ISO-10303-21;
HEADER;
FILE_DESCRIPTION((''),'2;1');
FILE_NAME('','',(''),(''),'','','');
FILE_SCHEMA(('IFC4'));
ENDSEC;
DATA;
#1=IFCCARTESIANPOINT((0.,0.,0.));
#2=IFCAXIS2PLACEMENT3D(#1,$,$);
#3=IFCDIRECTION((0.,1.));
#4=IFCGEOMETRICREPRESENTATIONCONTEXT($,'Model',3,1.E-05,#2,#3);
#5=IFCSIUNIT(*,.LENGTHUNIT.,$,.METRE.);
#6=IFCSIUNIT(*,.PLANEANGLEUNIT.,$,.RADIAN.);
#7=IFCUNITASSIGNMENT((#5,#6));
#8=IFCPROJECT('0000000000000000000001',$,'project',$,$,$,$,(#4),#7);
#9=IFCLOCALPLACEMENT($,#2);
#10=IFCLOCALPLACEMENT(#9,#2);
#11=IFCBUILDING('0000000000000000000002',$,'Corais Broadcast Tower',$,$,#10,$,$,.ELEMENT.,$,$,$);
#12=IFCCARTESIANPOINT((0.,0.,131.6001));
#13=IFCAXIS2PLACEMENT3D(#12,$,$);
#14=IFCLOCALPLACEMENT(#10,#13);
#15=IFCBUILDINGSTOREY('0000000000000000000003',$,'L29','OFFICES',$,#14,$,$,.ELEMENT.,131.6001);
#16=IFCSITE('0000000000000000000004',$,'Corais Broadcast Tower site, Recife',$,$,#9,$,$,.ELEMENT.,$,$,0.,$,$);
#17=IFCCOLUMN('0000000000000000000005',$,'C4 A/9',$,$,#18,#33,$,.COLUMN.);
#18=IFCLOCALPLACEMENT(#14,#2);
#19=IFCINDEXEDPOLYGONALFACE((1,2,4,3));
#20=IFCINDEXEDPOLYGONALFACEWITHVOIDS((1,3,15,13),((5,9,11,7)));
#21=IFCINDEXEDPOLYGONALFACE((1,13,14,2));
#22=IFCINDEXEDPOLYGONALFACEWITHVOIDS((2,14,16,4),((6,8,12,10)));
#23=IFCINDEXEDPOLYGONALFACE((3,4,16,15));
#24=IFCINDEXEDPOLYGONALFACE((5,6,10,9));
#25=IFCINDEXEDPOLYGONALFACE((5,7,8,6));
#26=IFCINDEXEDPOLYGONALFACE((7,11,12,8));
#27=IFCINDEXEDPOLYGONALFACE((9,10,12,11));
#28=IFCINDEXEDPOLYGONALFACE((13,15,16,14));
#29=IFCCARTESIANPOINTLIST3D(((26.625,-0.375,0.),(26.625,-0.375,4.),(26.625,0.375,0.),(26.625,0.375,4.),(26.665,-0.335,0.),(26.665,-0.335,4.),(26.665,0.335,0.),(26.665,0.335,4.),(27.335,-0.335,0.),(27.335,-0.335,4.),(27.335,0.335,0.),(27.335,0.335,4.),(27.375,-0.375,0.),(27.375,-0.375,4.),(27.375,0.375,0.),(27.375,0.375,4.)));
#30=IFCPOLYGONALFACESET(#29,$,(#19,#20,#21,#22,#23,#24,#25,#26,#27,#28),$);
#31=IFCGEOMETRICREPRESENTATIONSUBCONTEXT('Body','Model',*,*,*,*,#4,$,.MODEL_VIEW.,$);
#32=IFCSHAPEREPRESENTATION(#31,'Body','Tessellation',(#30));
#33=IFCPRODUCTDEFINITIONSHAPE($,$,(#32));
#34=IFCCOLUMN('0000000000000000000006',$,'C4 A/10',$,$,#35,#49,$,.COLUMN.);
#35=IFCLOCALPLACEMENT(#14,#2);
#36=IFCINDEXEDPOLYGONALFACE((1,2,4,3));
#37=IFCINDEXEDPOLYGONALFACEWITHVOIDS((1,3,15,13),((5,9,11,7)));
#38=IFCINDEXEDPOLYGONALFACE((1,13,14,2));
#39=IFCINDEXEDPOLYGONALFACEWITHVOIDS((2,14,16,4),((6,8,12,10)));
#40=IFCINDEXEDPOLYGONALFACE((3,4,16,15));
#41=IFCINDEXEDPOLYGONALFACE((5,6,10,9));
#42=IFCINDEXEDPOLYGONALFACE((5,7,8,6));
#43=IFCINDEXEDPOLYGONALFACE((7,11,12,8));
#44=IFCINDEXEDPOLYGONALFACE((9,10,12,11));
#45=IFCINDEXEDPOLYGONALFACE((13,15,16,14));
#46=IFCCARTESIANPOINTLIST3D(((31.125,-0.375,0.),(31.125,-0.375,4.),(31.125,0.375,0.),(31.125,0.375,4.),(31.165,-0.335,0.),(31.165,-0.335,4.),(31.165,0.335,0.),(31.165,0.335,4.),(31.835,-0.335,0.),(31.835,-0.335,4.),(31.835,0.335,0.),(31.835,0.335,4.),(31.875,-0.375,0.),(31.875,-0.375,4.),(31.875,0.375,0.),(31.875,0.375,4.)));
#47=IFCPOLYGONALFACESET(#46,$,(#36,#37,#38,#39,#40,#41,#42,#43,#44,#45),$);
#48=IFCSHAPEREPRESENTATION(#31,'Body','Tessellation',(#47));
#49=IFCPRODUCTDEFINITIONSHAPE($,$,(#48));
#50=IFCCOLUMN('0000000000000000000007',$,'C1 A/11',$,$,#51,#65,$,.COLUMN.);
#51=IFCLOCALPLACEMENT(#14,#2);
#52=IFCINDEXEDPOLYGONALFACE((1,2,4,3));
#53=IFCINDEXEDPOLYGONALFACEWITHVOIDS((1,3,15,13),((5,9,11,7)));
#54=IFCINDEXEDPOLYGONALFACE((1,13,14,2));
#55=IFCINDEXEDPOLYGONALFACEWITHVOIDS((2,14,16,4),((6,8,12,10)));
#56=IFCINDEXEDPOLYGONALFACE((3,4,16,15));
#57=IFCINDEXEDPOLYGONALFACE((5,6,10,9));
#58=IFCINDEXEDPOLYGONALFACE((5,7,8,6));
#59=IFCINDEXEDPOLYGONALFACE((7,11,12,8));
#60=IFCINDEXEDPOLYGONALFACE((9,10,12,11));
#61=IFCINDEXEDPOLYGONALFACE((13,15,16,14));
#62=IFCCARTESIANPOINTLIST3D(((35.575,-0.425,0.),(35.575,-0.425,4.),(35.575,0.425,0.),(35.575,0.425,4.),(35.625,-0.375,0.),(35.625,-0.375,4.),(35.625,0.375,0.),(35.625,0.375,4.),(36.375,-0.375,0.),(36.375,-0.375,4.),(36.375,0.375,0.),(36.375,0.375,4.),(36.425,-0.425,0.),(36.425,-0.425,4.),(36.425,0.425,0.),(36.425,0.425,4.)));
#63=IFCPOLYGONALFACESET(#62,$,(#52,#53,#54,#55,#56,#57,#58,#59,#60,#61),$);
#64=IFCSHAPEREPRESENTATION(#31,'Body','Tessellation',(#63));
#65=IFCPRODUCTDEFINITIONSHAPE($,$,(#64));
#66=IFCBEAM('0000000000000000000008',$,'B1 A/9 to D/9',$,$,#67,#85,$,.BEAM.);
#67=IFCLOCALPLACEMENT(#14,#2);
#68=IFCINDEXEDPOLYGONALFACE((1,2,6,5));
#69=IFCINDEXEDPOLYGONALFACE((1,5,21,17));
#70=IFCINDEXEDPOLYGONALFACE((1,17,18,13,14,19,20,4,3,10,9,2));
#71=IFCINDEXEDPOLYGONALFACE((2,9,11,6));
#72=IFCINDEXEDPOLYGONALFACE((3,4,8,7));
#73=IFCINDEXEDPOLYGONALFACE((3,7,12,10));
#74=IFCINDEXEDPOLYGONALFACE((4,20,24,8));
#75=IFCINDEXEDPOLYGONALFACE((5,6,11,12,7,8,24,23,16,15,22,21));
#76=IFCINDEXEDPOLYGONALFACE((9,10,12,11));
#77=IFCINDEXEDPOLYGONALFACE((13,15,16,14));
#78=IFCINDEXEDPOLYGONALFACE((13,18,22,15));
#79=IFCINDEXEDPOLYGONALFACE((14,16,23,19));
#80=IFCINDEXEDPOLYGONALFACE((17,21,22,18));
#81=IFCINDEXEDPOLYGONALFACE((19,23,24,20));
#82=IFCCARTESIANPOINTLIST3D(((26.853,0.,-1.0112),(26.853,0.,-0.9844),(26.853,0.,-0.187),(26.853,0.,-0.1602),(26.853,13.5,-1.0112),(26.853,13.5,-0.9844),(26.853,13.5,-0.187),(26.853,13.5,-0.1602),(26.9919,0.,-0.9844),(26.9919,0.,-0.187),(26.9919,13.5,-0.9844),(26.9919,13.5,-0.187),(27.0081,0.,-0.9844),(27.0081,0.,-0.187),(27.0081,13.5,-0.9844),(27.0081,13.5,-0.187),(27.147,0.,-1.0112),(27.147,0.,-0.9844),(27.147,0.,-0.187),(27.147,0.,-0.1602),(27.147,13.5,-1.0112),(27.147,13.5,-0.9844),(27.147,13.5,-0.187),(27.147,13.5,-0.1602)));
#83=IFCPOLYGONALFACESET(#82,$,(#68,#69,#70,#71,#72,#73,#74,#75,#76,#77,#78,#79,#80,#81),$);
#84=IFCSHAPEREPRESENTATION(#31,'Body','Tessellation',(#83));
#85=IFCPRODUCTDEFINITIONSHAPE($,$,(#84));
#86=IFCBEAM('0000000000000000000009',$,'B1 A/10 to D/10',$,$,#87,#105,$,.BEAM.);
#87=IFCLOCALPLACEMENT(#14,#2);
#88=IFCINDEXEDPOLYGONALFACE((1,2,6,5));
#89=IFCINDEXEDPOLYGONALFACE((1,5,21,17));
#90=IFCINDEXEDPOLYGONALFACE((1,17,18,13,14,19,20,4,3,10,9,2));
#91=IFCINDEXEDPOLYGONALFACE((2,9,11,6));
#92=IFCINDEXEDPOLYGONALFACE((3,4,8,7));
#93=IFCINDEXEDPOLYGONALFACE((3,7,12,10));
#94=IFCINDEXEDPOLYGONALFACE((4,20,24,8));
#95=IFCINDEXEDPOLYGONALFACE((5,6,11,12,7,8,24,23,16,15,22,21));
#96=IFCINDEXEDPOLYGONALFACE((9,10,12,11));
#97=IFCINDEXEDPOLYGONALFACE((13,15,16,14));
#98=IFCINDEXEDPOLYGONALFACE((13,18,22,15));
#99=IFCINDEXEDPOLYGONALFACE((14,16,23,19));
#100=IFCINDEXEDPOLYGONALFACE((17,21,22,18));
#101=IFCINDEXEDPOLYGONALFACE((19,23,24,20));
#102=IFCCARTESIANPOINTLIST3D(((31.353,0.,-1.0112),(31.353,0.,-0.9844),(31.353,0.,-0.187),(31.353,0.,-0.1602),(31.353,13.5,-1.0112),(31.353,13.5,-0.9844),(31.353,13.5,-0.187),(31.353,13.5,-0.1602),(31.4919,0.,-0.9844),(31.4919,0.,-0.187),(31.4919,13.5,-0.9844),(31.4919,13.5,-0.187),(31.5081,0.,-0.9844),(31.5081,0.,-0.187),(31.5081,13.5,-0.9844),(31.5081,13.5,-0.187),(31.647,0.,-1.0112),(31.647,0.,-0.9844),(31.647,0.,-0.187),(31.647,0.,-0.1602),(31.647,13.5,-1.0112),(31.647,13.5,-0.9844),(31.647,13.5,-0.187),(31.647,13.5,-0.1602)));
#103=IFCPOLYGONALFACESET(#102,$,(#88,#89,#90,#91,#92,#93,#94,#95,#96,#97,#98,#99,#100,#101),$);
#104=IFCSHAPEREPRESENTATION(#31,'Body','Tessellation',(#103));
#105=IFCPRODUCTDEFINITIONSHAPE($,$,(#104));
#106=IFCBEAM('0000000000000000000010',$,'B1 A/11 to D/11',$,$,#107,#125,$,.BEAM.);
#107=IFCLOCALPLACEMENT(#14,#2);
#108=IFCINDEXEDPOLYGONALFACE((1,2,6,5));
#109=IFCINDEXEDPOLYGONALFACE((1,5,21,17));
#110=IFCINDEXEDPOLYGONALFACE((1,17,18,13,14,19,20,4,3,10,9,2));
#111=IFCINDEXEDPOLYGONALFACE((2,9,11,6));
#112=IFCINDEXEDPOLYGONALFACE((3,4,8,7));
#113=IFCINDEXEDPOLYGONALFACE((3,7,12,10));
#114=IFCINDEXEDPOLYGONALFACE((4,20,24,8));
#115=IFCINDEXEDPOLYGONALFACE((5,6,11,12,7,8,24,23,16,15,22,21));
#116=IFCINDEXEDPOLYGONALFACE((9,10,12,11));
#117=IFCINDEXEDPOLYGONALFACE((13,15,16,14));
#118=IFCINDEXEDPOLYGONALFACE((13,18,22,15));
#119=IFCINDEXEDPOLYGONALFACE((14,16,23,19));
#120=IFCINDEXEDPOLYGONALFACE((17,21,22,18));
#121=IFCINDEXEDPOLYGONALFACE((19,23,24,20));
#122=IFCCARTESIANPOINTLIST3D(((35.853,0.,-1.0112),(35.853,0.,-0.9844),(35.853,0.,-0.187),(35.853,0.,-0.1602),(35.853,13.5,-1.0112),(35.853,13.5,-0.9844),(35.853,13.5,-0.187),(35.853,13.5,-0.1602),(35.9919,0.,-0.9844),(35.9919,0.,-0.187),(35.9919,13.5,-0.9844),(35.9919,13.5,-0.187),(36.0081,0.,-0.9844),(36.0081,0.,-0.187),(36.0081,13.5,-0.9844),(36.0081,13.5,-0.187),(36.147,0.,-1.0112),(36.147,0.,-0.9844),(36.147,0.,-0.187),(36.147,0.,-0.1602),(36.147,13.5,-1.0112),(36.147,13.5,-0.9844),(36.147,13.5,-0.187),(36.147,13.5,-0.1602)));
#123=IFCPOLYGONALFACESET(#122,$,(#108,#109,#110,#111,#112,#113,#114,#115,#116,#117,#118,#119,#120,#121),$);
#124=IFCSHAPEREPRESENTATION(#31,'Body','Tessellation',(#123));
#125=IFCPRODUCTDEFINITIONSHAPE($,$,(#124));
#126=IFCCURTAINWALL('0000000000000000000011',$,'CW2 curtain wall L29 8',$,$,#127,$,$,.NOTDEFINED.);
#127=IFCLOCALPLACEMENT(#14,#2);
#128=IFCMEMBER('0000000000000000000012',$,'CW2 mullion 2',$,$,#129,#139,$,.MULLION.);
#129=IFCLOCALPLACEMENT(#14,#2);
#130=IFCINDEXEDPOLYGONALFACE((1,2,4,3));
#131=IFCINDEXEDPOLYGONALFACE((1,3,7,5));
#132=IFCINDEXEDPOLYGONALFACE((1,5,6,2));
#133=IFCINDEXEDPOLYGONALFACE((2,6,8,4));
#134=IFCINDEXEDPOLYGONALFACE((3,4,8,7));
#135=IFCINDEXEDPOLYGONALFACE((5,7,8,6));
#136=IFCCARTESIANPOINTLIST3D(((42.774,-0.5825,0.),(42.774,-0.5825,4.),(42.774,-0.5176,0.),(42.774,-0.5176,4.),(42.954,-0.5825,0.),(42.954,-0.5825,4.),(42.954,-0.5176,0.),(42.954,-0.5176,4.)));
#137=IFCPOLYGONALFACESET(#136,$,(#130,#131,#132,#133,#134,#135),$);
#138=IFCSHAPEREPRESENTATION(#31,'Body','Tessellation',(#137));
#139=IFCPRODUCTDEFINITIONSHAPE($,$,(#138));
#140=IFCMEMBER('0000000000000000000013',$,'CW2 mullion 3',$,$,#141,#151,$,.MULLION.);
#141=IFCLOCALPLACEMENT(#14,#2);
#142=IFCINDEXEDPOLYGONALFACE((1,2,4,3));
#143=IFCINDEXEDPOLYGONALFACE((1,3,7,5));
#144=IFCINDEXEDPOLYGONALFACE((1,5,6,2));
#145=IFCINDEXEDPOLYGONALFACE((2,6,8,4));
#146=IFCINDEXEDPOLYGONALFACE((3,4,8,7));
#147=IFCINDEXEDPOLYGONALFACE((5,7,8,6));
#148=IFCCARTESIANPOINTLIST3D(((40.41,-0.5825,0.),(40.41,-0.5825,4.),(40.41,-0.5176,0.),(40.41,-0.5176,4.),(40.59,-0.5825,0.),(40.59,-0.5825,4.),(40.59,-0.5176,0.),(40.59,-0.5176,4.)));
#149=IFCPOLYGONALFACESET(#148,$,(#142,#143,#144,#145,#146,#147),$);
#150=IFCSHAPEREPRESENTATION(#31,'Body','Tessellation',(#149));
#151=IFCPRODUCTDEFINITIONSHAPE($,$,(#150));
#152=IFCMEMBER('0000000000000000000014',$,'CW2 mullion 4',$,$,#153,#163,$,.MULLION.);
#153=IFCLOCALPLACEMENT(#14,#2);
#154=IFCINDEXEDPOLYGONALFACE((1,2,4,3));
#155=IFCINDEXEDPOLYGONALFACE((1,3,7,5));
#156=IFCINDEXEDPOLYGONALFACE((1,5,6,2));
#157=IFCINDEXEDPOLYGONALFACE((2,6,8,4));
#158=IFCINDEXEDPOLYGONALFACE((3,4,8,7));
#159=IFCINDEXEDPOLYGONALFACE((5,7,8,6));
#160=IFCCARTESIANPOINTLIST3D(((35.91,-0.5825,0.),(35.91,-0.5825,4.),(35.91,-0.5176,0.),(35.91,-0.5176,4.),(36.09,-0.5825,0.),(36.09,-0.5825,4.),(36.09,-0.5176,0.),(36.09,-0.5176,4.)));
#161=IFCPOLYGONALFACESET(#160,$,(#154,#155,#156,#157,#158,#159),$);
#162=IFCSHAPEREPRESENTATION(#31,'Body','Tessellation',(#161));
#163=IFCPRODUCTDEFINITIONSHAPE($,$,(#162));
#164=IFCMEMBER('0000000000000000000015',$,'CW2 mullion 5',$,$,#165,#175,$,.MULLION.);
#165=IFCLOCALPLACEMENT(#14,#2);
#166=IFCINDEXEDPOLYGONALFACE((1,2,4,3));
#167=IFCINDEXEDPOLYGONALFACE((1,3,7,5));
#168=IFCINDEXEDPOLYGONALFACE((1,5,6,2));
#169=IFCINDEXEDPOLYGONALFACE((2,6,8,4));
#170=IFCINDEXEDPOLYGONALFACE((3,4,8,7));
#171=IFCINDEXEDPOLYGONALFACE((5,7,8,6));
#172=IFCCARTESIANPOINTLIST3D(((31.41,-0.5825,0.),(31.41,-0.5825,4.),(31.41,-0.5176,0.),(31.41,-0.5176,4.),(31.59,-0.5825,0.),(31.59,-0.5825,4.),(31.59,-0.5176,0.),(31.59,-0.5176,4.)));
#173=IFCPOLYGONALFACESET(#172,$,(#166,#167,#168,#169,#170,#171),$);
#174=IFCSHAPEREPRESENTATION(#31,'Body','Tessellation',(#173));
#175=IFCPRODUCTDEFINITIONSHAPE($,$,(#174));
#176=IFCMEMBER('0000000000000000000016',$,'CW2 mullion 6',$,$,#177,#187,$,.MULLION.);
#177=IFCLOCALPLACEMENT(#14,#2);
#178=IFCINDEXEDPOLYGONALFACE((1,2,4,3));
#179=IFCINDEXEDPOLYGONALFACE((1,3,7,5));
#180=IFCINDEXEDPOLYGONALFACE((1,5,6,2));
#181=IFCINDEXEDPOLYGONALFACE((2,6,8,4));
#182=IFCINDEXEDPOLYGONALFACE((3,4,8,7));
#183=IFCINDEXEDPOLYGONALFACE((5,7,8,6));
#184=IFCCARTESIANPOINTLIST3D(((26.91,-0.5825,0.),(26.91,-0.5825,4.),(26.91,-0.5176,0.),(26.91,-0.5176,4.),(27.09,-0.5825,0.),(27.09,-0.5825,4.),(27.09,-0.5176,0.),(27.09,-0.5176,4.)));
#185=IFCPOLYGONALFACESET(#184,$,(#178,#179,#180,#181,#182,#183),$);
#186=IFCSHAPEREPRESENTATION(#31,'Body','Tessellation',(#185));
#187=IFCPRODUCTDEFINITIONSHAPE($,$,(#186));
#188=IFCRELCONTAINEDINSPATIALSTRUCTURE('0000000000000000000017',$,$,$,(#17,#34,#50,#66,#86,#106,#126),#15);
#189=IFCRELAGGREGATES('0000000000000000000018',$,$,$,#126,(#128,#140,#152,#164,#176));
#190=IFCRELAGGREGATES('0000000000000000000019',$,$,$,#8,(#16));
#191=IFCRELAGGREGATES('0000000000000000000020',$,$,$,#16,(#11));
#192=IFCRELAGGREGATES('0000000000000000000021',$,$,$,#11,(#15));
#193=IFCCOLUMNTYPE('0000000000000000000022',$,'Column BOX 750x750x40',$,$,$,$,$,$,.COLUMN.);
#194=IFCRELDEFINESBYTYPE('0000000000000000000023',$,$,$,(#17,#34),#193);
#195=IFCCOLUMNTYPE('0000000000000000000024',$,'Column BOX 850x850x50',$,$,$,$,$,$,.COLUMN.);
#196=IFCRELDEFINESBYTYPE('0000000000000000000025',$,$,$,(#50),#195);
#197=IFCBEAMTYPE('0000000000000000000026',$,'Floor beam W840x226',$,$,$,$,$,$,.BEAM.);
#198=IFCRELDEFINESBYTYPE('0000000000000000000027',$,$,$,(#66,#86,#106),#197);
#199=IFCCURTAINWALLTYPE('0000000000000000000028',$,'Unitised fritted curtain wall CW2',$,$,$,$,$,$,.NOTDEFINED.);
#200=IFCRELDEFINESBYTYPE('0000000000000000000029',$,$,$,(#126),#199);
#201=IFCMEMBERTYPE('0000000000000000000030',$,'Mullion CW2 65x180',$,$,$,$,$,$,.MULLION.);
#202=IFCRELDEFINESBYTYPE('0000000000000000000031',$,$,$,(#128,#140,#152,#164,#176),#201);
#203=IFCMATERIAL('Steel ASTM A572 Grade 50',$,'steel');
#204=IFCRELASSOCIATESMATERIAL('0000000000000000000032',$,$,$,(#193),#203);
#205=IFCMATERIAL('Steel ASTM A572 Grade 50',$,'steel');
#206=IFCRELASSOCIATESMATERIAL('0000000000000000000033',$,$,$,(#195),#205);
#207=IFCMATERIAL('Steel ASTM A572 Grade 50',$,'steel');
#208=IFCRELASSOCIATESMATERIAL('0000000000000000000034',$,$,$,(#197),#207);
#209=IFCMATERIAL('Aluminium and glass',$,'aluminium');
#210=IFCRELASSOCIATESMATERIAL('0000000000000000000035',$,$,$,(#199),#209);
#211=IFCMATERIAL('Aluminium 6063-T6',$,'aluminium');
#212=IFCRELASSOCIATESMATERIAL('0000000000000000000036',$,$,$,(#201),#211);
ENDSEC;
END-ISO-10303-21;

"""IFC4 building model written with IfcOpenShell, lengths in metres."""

from ifc_helpers import new_model, si_unit, direction, frame, origin, origin_2d, place, context, subcontext, project, spatial, rectangle, hollow_rectangle, i_section, extrude, material, material_profile, profile_set, type_object, element, aggregate, save


model = new_model("IFC4")

# Units and contexts
model_context = context("Model", 3, precision=1e-05, world=origin(), true_north=direction((0.0, 1.0)))
body_context = subcontext(model_context, "Body", "Model", "MODEL_VIEW")
ifc_project = project(units=[si_unit("LENGTHUNIT", "METRE"), si_unit("PLANEANGLEUNIT", "RADIAN")], contexts=[model_context])

# Site, building, storey
site_placement = place(None, origin())
site = spatial("IfcSite", under=ifc_project, at=site_placement, Name="Corais Broadcast Tower site, Recife", CompositionType="ELEMENT", RefElevation=0.0)
building_placement = place(site_placement, origin())
building = spatial("IfcBuilding", under=site, at=building_placement, Name="Corais Broadcast Tower", CompositionType="ELEMENT")
storey_placement = place(building_placement, frame((0.0, 0.0, 131.6001)))
storey = spatial("IfcBuildingStorey", under=building, at=storey_placement, Name="L29", Description="OFFICES", CompositionType="ELEMENT", Elevation=131.6001)

# Columns
ifc_material_1 = material(Name="Steel ASTM A572 Grade 50", Category="steel")
ifc_material_profile_1 = material_profile(ifc_material_1, hollow_rectangle(XDim=0.75, YDim=0.75, WallThickness=0.04, at=origin_2d()), Name="BOX 750x750x40")
ifc_profile_set_1 = profile_set([ifc_material_profile_1], Name="Steel ASTM A572 Grade 50")
column_type_1 = type_object("IfcColumnType", Name="Column BOX 750x750x40", PredefinedType="COLUMN", material=ifc_profile_set_1)
for number, where, z_axis, x_axis, name in (
    (1, (27.0, 0.0, 0.0), (0.0, 0.0, 1.0), (1.0, 0.0, 0.0), "C4 A/9"),
    (2, (31.5, 0.0, 0.0), (0.0, 0.0, 1.0), (1.0, 0.0, 0.0), "C4 A/10"),
):
    element("IfcColumn", number, at=place(storey_placement, frame(where, z_axis=z_axis, x_axis=x_axis)), inside=storey, type_object=column_type_1, Name=name, PredefinedType="COLUMN", context=body_context, shape_type="SweptSolid", body=[
        extrude(hollow_rectangle(XDim=0.75, YDim=0.75, WallThickness=0.04, at=origin_2d()), origin(), (0.0, 0.0, 1.0), 4.0),
    ])
ifc_material_2 = material(Name="Steel ASTM A572 Grade 50", Category="steel")
ifc_material_profile_2 = material_profile(ifc_material_2, hollow_rectangle(XDim=0.8501, YDim=0.8501, WallThickness=0.05, at=origin_2d()), Name="BOX 850x850x50")
ifc_profile_set_2 = profile_set([ifc_material_profile_2], Name="Steel ASTM A572 Grade 50")
column_type_2 = type_object("IfcColumnType", Name="Column BOX 850x850x50", PredefinedType="COLUMN", material=ifc_profile_set_2)
column_placement = place(storey_placement, frame((36.0, 0.0, 0.0), z_axis=(0.0, 0.0, 1.0), x_axis=(1.0, 0.0, 0.0)))
element("IfcColumn", 3, at=column_placement, inside=storey, type_object=column_type_2, Name="C1 A/11", PredefinedType="COLUMN", context=body_context, shape_type="SweptSolid", body=[
    extrude(hollow_rectangle(XDim=0.8501, YDim=0.8501, WallThickness=0.05, at=origin_2d()), origin(), (0.0, 0.0, 1.0), 4.0),
])

# Beams
ifc_material_3 = material(Name="Steel ASTM A572 Grade 50", Category="steel")
ifc_material_profile_3 = material_profile(ifc_material_3, i_section(OverallWidth=0.2939, OverallDepth=0.8511, WebThickness=0.0161, FlangeThickness=0.0269, at=origin_2d()), Name="W840x226")
ifc_profile_set_3 = profile_set([ifc_material_profile_3], Name="Steel ASTM A572 Grade 50")
beam_type_1 = type_object("IfcBeamType", Name="Floor beam W840x226", PredefinedType="BEAM", material=ifc_profile_set_3)
for number, where, z_axis, x_axis, name in (
    (4, (27.0, 0.0, -0.5857), (0.0, 1.0, 0.0), (-1.0, 0.0, 0.0), "B1 A/9 to D/9"),
    (5, (31.5, 0.0, -0.5857), (0.0, 1.0, 0.0), (-1.0, 0.0, 0.0), "B1 A/10 to D/10"),
    (6, (36.0, 0.0, -0.5857), (0.0, 1.0, 0.0), (-1.0, 0.0, 0.0), "B1 A/11 to D/11"),
):
    element("IfcBeam", number, at=place(storey_placement, frame(where, z_axis=z_axis, x_axis=x_axis)), inside=storey, type_object=beam_type_1, Name=name, PredefinedType="BEAM", context=body_context, shape_type="SweptSolid", body=[
        extrude(i_section(OverallWidth=0.2939, OverallDepth=0.8511, WebThickness=0.0161, FlangeThickness=0.0269, at=origin_2d()), origin(), (0.0, 0.0, 1.0), 13.5),
    ])

# Curtain wall, members
ifc_material_4 = material(Name="Aluminium and glass", Category="aluminium")
curtain_wall_type = type_object("IfcCurtainWallType", Name="Unitised fritted curtain wall CW2", PredefinedType="NOTDEFINED", material=ifc_material_4)
curtain_wall_placement = place(storey_placement, origin())
curtain_wall = element("IfcCurtainWall", 7, at=curtain_wall_placement, inside=storey, type_object=curtain_wall_type, Name="CW2 curtain wall L29 8", PredefinedType="NOTDEFINED")
ifc_material_5 = material(Name="Aluminium 6063-T6", Category="aluminium")
ifc_material_profile_4 = material_profile(ifc_material_5, rectangle(XDim=0.0649, YDim=0.1799, at=origin_2d()), Name="Mullion CW2 65x180")
ifc_profile_set_4 = profile_set([ifc_material_profile_4], Name="Aluminium 6063-T6")
member_type_1 = type_object("IfcMemberType", Name="Mullion CW2 65x180", PredefinedType="MULLION", material=ifc_profile_set_4)
member_1_placement = place(storey_placement, frame((42.864, -0.55, 0.0), z_axis=(0.0, 0.0, 1.0), x_axis=(0.0, -1.0, 0.0)))
member_1 = element("IfcMember", 8, at=member_1_placement, type_object=member_type_1, Name="CW2 mullion 2", PredefinedType="MULLION", context=body_context, shape_type="SweptSolid", body=[
    extrude(rectangle(XDim=0.0649, YDim=0.1799, at=origin_2d()), origin(), (0.0, 0.0, 1.0), 4.0),
])
member_2_placement = place(storey_placement, frame((40.5, -0.55, 0.0), z_axis=(0.0, 0.0, 1.0), x_axis=(0.0, -1.0, 0.0)))
member_2 = element("IfcMember", 9, at=member_2_placement, type_object=member_type_1, Name="CW2 mullion 3", PredefinedType="MULLION", context=body_context, shape_type="SweptSolid", body=[
    extrude(rectangle(XDim=0.0649, YDim=0.1799, at=origin_2d()), origin(), (0.0, 0.0, 1.0), 4.0),
])
member_3_placement = place(storey_placement, frame((36.0, -0.55, 0.0), z_axis=(0.0, 0.0, 1.0), x_axis=(0.0, -1.0, 0.0)))
member_3 = element("IfcMember", 10, at=member_3_placement, type_object=member_type_1, Name="CW2 mullion 4", PredefinedType="MULLION", context=body_context, shape_type="SweptSolid", body=[
    extrude(rectangle(XDim=0.0649, YDim=0.1799, at=origin_2d()), origin(), (0.0, 0.0, 1.0), 4.0),
])
member_4_placement = place(storey_placement, frame((31.5, -0.55, 0.0), z_axis=(0.0, 0.0, 1.0), x_axis=(0.0, -1.0, 0.0)))
member_4 = element("IfcMember", 11, at=member_4_placement, type_object=member_type_1, Name="CW2 mullion 5", PredefinedType="MULLION", context=body_context, shape_type="SweptSolid", body=[
    extrude(rectangle(XDim=0.0649, YDim=0.1799, at=origin_2d()), origin(), (0.0, 0.0, 1.0), 4.0),
])
member_5_placement = place(storey_placement, frame((27.0, -0.55, 0.0), z_axis=(0.0, 0.0, 1.0), x_axis=(0.0, -1.0, 0.0)))
member_5 = element("IfcMember", 12, at=member_5_placement, type_object=member_type_1, Name="CW2 mullion 6", PredefinedType="MULLION", context=body_context, shape_type="SweptSolid", body=[
    extrude(rectangle(XDim=0.0649, YDim=0.1799, at=origin_2d()), origin(), (0.0, 0.0, 1.0), 4.0),
])

aggregate(curtain_wall, [member_1, member_2, member_3, member_4, member_5])

save(model, "model.ifc")
